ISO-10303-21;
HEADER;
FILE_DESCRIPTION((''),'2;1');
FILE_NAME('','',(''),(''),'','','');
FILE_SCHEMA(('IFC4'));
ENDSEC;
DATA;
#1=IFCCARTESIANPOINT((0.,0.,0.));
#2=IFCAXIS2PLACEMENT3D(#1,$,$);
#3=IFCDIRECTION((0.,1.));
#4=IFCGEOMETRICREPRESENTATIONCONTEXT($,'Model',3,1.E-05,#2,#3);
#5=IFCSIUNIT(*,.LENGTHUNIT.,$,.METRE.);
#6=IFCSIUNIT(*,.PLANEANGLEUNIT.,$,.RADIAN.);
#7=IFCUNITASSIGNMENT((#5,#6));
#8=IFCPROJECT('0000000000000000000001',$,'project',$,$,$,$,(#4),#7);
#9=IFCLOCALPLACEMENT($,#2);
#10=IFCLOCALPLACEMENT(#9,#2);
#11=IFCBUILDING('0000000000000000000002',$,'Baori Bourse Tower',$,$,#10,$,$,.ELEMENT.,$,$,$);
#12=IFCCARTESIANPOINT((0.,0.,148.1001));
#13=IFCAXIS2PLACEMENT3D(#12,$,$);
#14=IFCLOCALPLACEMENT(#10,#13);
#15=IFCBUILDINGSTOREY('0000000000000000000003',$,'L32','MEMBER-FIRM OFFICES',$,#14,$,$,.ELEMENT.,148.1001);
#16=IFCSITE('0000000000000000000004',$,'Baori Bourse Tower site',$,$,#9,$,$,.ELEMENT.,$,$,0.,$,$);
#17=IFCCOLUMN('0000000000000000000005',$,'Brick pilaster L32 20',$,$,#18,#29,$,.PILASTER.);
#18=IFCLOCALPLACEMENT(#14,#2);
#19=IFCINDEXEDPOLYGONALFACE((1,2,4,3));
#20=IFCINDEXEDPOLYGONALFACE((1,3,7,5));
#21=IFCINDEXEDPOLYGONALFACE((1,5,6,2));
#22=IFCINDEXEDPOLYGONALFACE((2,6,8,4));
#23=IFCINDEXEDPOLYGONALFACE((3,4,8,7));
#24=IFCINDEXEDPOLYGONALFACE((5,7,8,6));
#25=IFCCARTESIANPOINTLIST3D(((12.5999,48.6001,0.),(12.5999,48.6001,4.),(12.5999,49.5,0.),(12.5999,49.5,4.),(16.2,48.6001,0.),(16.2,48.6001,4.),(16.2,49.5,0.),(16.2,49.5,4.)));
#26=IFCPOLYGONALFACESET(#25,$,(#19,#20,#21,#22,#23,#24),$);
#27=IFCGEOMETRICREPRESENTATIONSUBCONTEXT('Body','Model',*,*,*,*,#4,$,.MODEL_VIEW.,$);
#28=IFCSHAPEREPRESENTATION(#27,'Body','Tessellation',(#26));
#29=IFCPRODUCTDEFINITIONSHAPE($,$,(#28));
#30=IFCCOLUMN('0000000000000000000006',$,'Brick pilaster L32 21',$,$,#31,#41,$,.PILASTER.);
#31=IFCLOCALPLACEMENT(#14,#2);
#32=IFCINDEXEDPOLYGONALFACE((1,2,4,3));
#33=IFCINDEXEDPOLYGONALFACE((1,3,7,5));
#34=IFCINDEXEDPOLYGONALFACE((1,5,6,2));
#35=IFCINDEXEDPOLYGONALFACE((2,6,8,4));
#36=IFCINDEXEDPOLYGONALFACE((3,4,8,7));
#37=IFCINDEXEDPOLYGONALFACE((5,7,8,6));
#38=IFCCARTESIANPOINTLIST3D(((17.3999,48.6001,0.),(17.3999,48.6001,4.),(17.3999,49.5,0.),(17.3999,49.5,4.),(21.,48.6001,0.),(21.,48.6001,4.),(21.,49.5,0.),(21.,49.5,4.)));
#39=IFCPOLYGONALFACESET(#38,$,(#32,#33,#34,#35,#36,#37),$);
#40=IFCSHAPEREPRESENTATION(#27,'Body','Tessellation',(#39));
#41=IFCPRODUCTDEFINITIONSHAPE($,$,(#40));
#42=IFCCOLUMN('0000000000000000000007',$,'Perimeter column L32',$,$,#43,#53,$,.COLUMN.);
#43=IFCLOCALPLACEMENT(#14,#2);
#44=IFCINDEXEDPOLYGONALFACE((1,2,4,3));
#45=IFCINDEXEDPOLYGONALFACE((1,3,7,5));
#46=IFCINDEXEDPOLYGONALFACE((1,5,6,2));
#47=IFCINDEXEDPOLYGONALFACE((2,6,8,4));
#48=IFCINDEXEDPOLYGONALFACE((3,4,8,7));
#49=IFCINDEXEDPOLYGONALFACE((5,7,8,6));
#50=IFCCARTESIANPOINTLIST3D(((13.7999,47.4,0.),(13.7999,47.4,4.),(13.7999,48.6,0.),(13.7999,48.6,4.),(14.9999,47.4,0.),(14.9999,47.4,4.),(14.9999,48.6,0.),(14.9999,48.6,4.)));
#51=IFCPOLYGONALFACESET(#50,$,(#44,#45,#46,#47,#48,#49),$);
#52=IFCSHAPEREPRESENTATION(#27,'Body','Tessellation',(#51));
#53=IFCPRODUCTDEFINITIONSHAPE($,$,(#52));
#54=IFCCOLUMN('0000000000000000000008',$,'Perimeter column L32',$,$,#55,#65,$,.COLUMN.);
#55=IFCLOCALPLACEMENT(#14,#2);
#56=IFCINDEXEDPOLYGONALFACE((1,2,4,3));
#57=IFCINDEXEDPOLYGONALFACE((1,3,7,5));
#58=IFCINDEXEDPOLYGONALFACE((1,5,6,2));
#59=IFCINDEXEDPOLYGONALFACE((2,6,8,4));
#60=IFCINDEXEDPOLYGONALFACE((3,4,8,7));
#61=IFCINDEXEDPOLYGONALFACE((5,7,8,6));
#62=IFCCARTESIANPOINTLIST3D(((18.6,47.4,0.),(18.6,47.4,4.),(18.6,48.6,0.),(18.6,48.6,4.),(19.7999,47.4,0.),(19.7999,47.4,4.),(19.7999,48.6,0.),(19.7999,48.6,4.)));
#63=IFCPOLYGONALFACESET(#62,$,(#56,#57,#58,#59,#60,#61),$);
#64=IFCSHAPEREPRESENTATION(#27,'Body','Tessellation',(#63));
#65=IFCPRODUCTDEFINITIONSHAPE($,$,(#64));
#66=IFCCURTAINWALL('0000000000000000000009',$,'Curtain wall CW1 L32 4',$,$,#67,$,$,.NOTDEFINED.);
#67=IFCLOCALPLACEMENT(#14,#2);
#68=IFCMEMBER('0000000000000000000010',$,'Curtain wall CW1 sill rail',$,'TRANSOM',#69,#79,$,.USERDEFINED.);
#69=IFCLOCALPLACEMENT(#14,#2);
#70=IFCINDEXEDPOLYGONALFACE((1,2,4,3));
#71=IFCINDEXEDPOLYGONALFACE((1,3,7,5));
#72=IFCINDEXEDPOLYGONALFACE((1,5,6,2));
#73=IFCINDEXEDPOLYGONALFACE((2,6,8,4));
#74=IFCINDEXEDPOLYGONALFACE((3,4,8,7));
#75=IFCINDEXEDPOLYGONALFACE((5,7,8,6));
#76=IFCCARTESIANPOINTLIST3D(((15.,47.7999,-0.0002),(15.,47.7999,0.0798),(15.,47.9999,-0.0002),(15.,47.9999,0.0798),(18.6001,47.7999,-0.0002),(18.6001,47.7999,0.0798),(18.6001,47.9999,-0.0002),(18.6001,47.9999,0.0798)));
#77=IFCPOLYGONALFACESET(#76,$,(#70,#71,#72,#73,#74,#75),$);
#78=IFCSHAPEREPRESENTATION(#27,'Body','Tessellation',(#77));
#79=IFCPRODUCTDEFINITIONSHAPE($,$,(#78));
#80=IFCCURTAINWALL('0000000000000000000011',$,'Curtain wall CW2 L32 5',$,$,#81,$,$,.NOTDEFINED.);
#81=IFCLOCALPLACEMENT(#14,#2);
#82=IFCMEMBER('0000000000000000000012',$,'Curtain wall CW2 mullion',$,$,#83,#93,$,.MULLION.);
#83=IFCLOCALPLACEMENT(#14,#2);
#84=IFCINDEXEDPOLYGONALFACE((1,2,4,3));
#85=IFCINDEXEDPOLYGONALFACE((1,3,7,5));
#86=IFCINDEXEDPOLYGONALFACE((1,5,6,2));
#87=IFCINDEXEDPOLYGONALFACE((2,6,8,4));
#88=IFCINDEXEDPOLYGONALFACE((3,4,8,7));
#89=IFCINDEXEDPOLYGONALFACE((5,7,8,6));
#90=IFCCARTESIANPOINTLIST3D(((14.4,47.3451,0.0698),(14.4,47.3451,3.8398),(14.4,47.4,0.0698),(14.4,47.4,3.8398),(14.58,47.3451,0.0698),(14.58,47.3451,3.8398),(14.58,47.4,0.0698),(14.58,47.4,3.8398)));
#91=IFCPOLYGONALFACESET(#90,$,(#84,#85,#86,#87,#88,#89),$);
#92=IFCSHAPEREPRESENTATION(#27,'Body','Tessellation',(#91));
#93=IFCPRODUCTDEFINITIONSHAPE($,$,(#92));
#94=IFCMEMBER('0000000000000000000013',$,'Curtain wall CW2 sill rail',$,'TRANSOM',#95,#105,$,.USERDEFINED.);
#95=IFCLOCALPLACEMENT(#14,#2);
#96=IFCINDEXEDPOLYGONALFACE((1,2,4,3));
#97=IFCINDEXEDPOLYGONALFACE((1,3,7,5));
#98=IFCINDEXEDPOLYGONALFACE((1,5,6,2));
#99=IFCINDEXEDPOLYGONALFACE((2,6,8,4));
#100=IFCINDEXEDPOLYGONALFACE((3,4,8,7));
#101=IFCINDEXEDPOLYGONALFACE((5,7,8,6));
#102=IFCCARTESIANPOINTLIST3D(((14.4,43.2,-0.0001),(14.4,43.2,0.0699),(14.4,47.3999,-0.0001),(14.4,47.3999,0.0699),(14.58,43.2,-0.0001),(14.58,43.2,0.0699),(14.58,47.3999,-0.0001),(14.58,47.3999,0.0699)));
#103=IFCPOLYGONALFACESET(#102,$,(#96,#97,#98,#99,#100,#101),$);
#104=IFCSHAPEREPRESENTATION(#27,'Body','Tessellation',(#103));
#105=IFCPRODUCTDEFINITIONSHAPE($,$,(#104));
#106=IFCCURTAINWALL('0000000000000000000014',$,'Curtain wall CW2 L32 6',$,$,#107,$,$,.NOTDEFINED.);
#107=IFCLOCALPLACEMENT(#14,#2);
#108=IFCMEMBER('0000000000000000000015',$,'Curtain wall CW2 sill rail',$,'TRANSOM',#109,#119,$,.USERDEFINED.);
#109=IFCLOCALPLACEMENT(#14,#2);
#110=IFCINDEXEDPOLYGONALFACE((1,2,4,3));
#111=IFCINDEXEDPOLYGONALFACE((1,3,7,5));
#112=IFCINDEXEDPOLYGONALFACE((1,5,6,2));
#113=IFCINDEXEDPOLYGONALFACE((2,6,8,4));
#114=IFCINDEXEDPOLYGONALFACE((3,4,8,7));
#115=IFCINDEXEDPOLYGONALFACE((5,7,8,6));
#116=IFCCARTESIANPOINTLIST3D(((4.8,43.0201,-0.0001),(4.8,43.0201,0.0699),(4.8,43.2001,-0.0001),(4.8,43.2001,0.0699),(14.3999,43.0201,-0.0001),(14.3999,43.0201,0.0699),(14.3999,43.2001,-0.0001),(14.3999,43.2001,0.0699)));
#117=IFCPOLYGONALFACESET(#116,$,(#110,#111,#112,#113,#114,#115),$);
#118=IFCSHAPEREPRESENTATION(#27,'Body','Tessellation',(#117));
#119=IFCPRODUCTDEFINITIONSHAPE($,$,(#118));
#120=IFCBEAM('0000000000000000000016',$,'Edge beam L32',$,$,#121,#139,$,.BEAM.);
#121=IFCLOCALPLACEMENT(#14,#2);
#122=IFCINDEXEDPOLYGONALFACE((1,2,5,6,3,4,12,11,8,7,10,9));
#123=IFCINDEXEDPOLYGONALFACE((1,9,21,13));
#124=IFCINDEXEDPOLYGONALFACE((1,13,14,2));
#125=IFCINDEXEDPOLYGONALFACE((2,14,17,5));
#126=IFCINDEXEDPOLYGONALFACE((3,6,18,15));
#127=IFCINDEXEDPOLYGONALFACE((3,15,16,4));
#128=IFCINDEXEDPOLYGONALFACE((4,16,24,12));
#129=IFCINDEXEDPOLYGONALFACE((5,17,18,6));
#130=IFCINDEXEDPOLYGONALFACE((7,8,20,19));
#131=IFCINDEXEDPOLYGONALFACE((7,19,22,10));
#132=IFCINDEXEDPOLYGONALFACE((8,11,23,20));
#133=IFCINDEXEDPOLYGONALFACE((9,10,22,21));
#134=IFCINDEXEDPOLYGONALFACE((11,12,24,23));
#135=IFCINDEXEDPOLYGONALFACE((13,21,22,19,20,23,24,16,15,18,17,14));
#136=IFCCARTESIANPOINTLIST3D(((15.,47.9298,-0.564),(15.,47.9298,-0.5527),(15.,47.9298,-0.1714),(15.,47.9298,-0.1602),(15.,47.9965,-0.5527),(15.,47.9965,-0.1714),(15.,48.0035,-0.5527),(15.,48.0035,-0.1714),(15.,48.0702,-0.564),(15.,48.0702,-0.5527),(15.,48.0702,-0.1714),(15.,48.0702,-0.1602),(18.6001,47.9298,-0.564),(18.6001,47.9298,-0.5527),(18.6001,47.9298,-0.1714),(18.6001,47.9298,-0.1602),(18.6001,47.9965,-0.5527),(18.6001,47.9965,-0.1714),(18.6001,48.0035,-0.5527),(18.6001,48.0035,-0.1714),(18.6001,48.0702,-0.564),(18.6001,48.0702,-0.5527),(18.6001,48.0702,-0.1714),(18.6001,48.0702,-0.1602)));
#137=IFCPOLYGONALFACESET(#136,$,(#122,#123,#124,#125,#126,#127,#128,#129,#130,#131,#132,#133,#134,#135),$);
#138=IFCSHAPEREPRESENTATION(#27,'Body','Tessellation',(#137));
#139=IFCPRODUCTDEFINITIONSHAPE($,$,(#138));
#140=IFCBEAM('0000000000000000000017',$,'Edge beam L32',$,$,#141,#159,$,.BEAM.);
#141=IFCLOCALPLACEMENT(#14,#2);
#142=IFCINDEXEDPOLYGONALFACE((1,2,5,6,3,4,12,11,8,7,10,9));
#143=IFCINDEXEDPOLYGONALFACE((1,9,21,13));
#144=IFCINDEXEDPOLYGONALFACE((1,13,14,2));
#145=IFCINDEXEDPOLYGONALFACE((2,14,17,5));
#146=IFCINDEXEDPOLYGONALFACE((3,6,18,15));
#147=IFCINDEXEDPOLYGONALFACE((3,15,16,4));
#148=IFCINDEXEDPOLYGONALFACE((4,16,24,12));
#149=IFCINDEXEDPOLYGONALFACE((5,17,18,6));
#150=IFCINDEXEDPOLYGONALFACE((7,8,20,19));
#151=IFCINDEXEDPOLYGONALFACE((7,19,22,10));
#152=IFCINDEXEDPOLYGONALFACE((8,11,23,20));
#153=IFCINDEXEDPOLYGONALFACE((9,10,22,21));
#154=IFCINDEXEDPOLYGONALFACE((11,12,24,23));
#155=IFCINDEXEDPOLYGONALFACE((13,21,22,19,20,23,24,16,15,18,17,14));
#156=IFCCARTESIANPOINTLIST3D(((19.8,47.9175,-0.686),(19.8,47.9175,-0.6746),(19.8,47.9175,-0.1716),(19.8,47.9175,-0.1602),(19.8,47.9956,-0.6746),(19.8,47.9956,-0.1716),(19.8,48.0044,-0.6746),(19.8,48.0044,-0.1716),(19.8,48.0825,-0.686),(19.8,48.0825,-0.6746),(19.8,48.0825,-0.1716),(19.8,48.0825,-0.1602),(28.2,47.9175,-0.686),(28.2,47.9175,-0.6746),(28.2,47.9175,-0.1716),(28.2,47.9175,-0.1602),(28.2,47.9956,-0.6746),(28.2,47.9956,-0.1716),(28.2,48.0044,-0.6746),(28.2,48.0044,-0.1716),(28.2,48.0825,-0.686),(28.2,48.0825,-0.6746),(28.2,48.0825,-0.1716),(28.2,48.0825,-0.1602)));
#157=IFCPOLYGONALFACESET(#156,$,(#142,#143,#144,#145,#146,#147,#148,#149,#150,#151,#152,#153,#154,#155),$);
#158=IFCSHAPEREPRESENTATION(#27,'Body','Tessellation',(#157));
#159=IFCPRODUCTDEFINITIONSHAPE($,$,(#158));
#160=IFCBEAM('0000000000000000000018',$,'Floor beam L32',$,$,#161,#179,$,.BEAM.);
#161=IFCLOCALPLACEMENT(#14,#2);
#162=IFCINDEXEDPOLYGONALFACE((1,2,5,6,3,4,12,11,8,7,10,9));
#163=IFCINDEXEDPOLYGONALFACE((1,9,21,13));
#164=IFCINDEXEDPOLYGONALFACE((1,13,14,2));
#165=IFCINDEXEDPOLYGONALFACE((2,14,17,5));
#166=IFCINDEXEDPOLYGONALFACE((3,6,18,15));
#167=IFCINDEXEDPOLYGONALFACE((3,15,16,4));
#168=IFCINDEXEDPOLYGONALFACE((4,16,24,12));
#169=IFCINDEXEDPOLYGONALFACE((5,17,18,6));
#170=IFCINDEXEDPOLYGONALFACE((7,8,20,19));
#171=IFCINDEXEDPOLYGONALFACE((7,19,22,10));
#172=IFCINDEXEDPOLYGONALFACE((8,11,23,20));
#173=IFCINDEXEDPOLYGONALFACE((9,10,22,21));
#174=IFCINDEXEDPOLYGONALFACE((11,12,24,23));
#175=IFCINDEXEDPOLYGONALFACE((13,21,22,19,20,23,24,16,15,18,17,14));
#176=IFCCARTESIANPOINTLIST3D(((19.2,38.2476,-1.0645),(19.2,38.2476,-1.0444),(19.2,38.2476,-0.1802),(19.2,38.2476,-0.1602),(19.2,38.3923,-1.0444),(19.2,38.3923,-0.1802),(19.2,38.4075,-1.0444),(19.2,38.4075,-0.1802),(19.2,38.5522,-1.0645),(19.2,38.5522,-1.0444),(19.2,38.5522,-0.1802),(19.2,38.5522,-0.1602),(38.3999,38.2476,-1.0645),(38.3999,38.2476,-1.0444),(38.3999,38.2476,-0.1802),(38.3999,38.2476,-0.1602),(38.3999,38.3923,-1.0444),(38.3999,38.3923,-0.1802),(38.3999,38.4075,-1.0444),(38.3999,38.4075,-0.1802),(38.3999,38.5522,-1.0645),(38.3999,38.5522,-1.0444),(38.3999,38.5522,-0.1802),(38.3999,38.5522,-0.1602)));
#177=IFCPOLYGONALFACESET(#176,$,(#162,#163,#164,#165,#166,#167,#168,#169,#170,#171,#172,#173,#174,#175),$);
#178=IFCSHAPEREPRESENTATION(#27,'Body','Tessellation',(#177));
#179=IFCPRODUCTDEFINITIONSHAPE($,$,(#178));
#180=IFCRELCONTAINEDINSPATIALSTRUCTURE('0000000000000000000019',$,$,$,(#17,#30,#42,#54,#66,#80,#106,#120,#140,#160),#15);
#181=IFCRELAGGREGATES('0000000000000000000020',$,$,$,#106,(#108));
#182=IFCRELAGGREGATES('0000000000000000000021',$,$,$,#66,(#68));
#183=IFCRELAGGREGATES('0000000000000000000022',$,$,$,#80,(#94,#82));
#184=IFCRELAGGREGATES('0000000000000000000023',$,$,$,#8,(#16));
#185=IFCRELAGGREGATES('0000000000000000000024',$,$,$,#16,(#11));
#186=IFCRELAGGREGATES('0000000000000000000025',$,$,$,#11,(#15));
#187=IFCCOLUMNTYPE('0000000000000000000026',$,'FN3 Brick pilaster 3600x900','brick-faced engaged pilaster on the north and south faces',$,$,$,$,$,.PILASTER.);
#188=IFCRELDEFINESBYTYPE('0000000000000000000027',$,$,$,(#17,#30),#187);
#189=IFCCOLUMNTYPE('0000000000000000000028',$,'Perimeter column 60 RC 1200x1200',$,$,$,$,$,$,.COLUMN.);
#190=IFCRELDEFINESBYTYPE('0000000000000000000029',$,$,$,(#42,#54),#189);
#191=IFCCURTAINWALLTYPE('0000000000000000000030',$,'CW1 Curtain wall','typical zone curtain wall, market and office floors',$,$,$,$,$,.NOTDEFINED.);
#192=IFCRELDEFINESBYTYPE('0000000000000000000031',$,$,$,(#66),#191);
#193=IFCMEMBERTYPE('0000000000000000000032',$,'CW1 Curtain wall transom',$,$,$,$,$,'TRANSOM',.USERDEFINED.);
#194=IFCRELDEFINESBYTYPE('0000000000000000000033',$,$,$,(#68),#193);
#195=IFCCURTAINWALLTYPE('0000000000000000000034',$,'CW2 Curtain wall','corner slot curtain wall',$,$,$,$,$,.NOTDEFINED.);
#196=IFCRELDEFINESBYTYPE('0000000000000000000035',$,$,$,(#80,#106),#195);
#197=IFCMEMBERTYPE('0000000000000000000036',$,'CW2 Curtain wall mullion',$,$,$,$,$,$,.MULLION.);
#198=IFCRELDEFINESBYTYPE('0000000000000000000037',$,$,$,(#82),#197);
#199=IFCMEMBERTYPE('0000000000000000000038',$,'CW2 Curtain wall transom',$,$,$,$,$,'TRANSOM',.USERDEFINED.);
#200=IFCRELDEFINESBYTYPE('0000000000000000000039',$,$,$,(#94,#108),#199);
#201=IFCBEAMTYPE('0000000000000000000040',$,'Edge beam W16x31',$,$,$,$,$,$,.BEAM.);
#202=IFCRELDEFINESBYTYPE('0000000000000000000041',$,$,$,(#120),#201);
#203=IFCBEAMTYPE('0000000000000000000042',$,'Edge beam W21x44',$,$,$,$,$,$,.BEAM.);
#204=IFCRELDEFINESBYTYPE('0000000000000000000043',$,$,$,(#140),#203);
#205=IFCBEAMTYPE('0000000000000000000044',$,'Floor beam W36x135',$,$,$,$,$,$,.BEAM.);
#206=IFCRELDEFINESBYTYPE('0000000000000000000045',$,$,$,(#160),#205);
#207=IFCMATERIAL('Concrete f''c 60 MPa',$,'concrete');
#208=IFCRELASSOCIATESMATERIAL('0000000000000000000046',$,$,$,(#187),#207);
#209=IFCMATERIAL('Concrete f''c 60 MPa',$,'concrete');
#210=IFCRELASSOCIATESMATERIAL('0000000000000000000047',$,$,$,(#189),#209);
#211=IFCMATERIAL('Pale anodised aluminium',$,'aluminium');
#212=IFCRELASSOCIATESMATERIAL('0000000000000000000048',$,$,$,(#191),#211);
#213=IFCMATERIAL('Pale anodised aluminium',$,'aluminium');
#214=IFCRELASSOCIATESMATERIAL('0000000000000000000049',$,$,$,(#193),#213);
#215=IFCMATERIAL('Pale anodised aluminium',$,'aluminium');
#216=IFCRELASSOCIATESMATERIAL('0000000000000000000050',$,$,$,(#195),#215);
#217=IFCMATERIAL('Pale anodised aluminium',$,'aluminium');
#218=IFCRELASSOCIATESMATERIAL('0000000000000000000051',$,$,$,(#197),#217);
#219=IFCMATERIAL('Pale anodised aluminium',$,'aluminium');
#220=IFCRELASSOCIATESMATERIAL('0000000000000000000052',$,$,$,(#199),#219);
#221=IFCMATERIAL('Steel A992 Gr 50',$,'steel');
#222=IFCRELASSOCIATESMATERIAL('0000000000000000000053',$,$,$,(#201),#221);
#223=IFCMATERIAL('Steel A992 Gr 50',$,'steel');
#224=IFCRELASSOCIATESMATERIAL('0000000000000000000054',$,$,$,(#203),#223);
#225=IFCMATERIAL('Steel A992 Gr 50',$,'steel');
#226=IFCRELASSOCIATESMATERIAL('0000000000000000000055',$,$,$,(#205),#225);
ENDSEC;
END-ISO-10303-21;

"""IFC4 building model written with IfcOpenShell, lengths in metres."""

from ifc_helpers import new_model, si_unit, direction, frame, origin, origin_2d, place, context, subcontext, project, spatial, rectangle, i_section, extrude, material, material_profile, profile_set, type_object, element, aggregate, save


model = new_model("IFC4")

# Units and contexts
model_context = context("Model", 3, precision=1e-05, world=origin(), true_north=direction((0.0, 1.0)))
body_context = subcontext(model_context, "Body", "Model", "MODEL_VIEW")
ifc_project = project(units=[si_unit("LENGTHUNIT", "METRE"), si_unit("PLANEANGLEUNIT", "RADIAN")], contexts=[model_context])

# Site, building, storey
site_placement = place(None, origin())
site = spatial("IfcSite", under=ifc_project, at=site_placement, Name="Baori Bourse Tower site", CompositionType="ELEMENT", RefElevation=0.0)
building_placement = place(site_placement, origin())
building = spatial("IfcBuilding", under=site, at=building_placement, Name="Baori Bourse Tower", CompositionType="ELEMENT")
storey_placement = place(building_placement, frame((0.0, 0.0, 148.1001)))
storey = spatial("IfcBuildingStorey", under=building, at=storey_placement, Name="L32", Description="MEMBER-FIRM OFFICES", CompositionType="ELEMENT", Elevation=148.1001)

# Columns
ifc_material_1 = material(Name="Concrete f'c 60 MPa", Category="concrete")
ifc_material_profile_1 = material_profile(ifc_material_1, rectangle(XDim=3.6001, YDim=0.8999, at=origin_2d()), Name="RC 3600x900")
ifc_profile_set_1 = profile_set([ifc_material_profile_1], Name="Concrete f'c 60 MPa")
column_type_1 = type_object("IfcColumnType", Name="FN3 Brick pilaster 3600x900", Description="brick-faced engaged pilaster on the north and south faces", PredefinedType="PILASTER", material=ifc_profile_set_1)
for number, where, z_axis, x_axis, name in (
    (1, (14.3999, 49.05, 0.0), (0.0, 0.0, 1.0), (1.0, 0.0, 0.0), "Brick pilaster L32 20"),
    (2, (19.2, 49.05, 0.0), (0.0, 0.0, 1.0), (1.0, 0.0, 0.0), "Brick pilaster L32 21"),
):
    element("IfcColumn", number, at=place(storey_placement, frame(where, z_axis=z_axis, x_axis=x_axis)), inside=storey, type_object=column_type_1, Name=name, PredefinedType="PILASTER", context=body_context, shape_type="SweptSolid", body=[
        extrude(rectangle(XDim=3.6001, YDim=0.8999, at=origin_2d()), origin(), (0.0, 0.0, 1.0), 4.0),
    ])
ifc_material_2 = material(Name="Concrete f'c 60 MPa", Category="concrete")
ifc_material_profile_2 = material_profile(ifc_material_2, rectangle(XDim=1.2, YDim=1.2, at=origin_2d()), Name="RC 1200x1200")
ifc_profile_set_2 = profile_set([ifc_material_profile_2], Name="Concrete f'c 60 MPa")
column_type_2 = type_object("IfcColumnType", Name="Perimeter column 60 RC 1200x1200", PredefinedType="COLUMN", material=ifc_profile_set_2)
for number, where, z_axis, x_axis, name in (
    (3, (14.3999, 48.0, 0.0), (0.0, 0.0, 1.0), (1.0, 0.0, 0.0), "Perimeter column L32"),
    (4, (19.2, 48.0, 0.0), (0.0, 0.0, 1.0), (1.0, 0.0, 0.0), "Perimeter column L32"),
):
    element("IfcColumn", number, at=place(storey_placement, frame(where, z_axis=z_axis, x_axis=x_axis)), inside=storey, type_object=column_type_2, Name=name, PredefinedType="COLUMN", context=body_context, shape_type="SweptSolid", body=[
        extrude(rectangle(XDim=1.2, YDim=1.2, at=origin_2d()), origin(), (0.0, 0.0, 1.0), 4.0),
    ])

# Curtain wall, member
ifc_material_3 = material(Name="Pale anodised aluminium", Category="aluminium")
curtain_wall_type_1 = type_object("IfcCurtainWallType", Name="CW1 Curtain wall", Description="typical zone curtain wall, market and office floors", PredefinedType="NOTDEFINED", material=ifc_material_3)
curtain_wall_1_placement = place(storey_placement, origin())
curtain_wall_1 = element("IfcCurtainWall", 5, at=curtain_wall_1_placement, inside=storey, type_object=curtain_wall_type_1, Name="Curtain wall CW1 L32 4", PredefinedType="NOTDEFINED")
ifc_material_4 = material(Name="Pale anodised aluminium", Category="aluminium")
ifc_material_profile_3 = material_profile(ifc_material_4, rectangle(XDim=0.2, YDim=0.0801, at=origin_2d()), Name="Transom 80x200")
ifc_profile_set_3 = profile_set([ifc_material_profile_3], Name="Pale anodised aluminium")
member_type_1 = type_object("IfcMemberType", Name="CW1 Curtain wall transom", ElementType="TRANSOM", PredefinedType="USERDEFINED", material=ifc_profile_set_3)
member_1_placement = place(storey_placement, frame((18.6001, 47.8999, 0.0398), z_axis=(-1.0, 0.0, 0.0), x_axis=(0.0, -1.0, 0.0)))
member_1 = element("IfcMember", 6, at=member_1_placement, type_object=member_type_1, Name="Curtain wall CW1 sill rail", ObjectType="TRANSOM", PredefinedType="USERDEFINED", context=body_context, shape_type="SweptSolid", body=[
    extrude(rectangle(XDim=0.2, YDim=0.0801, at=origin_2d()), origin(), (0.0, 0.0, 1.0), 3.6001),
])

# Curtain wall, members
ifc_material_5 = material(Name="Pale anodised aluminium", Category="aluminium")
curtain_wall_type_2 = type_object("IfcCurtainWallType", Name="CW2 Curtain wall", Description="corner slot curtain wall", PredefinedType="NOTDEFINED", material=ifc_material_5)
curtain_wall_2_placement = place(storey_placement, origin())
curtain_wall_2 = element("IfcCurtainWall", 7, at=curtain_wall_2_placement, inside=storey, type_object=curtain_wall_type_2, Name="Curtain wall CW2 L32 5", PredefinedType="NOTDEFINED")
ifc_material_6 = material(Name="Pale anodised aluminium", Category="aluminium")
ifc_material_profile_4 = material_profile(ifc_material_6, rectangle(XDim=0.1799, YDim=0.0549, at=origin_2d()), Name="Mullion 55x180")
ifc_profile_set_4 = profile_set([ifc_material_profile_4], Name="Pale anodised aluminium")
member_type_2 = type_object("IfcMemberType", Name="CW2 Curtain wall mullion", PredefinedType="MULLION", material=ifc_profile_set_4)
member_2_placement = place(storey_placement, frame((14.49, 47.3726, 0.0698), z_axis=(0.0, 0.0, 1.0), x_axis=(1.0, 0.0, 0.0)))
member_2 = element("IfcMember", 8, at=member_2_placement, type_object=member_type_2, Name="Curtain wall CW2 mullion", PredefinedType="MULLION", context=body_context, shape_type="SweptSolid", body=[
    extrude(rectangle(XDim=0.1799, YDim=0.0549, at=origin_2d()), origin(), (0.0, 0.0, 1.0), 3.77),
])
ifc_material_7 = material(Name="Pale anodised aluminium", Category="aluminium")
ifc_material_profile_5 = material_profile(ifc_material_7, rectangle(XDim=0.1799, YDim=0.0701, at=origin_2d()), Name="Transom 70x180")
ifc_profile_set_5 = profile_set([ifc_material_profile_5], Name="Pale anodised aluminium")
member_type_3 = type_object("IfcMemberType", Name="CW2 Curtain wall transom", ElementType="TRANSOM", PredefinedType="USERDEFINED", material=ifc_profile_set_5)
member_3_placement = place(storey_placement, frame((14.49, 47.3999, 0.0349), z_axis=(0.0, -1.0, 0.0), x_axis=(1.0, 0.0, 0.0)))
member_3 = element("IfcMember", 9, at=member_3_placement, type_object=member_type_3, Name="Curtain wall CW2 sill rail", ObjectType="TRANSOM", PredefinedType="USERDEFINED", context=body_context, shape_type="SweptSolid", body=[
    extrude(rectangle(XDim=0.1799, YDim=0.0701, at=origin_2d()), origin(), (0.0, 0.0, 1.0), 4.2),
])

# Curtain wall, member
curtain_wall_3_placement = place(storey_placement, origin())
curtain_wall_3 = element("IfcCurtainWall", 10, at=curtain_wall_3_placement, inside=storey, type_object=curtain_wall_type_2, Name="Curtain wall CW2 L32 6", PredefinedType="NOTDEFINED")
member_4_placement = place(storey_placement, frame((14.3999, 43.1101, 0.0349), z_axis=(-1.0, 0.0, 0.0), x_axis=(0.0, -1.0, 0.0)))
member_4 = element("IfcMember", 11, at=member_4_placement, type_object=member_type_3, Name="Curtain wall CW2 sill rail", ObjectType="TRANSOM", PredefinedType="USERDEFINED", context=body_context, shape_type="SweptSolid", body=[
    extrude(rectangle(XDim=0.1799, YDim=0.0701, at=origin_2d()), origin(), (0.0, 0.0, 1.0), 9.5999),
])
aggregate(curtain_wall_3, [member_4])

# Beams
ifc_material_8 = material(Name="Steel A992 Gr 50", Category="steel")
ifc_material_profile_6 = material_profile(ifc_material_8, i_section(OverallWidth=0.1404, OverallDepth=0.4038, WebThickness=0.0071, FlangeThickness=0.0112, at=origin_2d()), Name="W16x31")
ifc_profile_set_6 = profile_set([ifc_material_profile_6], Name="Steel A992 Gr 50")
beam_type_1 = type_object("IfcBeamType", Name="Edge beam W16x31", PredefinedType="BEAM", material=ifc_profile_set_6)
beam_1_placement = place(storey_placement, frame((15.0, 48.0, -0.3621), z_axis=(1.0, 0.0, 0.0), x_axis=(0.0, 1.0, 0.0)))
element("IfcBeam", 12, at=beam_1_placement, inside=storey, type_object=beam_type_1, Name="Edge beam L32", PredefinedType="BEAM", context=body_context, shape_type="SweptSolid", body=[
    extrude(i_section(OverallWidth=0.1404, OverallDepth=0.4038, WebThickness=0.0071, FlangeThickness=0.0112, at=origin_2d()), origin(), (0.0, 0.0, 1.0), 3.6001),
])
ifc_material_9 = material(Name="Steel A992 Gr 50", Category="steel")
ifc_material_profile_7 = material_profile(ifc_material_9, i_section(OverallWidth=0.165, OverallDepth=0.5259, WebThickness=0.0088, FlangeThickness=0.0115, at=origin_2d()), Name="W21x44")
ifc_profile_set_7 = profile_set([ifc_material_profile_7], Name="Steel A992 Gr 50")
beam_type_2 = type_object("IfcBeamType", Name="Edge beam W21x44", PredefinedType="BEAM", material=ifc_profile_set_7)
beam_2_placement = place(storey_placement, frame((19.8, 48.0, -0.4231), z_axis=(1.0, 0.0, 0.0), x_axis=(0.0, 1.0, 0.0)))
element("IfcBeam", 13, at=beam_2_placement, inside=storey, type_object=beam_type_2, Name="Edge beam L32", PredefinedType="BEAM", context=body_context, shape_type="SweptSolid", body=[
    extrude(i_section(OverallWidth=0.165, OverallDepth=0.5259, WebThickness=0.0088, FlangeThickness=0.0115, at=origin_2d()), origin(), (0.0, 0.0, 1.0), 8.3999),
])
ifc_material_10 = material(Name="Steel A992 Gr 50", Category="steel")
ifc_material_profile_8 = material_profile(ifc_material_10, i_section(OverallWidth=0.3047, OverallDepth=0.9043, WebThickness=0.0151, FlangeThickness=0.02, at=origin_2d()), Name="W36x135")
ifc_profile_set_8 = profile_set([ifc_material_profile_8], Name="Steel A992 Gr 50")
beam_type_3 = type_object("IfcBeamType", Name="Floor beam W36x135", PredefinedType="BEAM", material=ifc_profile_set_8)
beam_3_placement = place(storey_placement, frame((19.2, 38.3999, -0.6123), z_axis=(1.0, 0.0, 0.0), x_axis=(0.0, 1.0, 0.0)))
element("IfcBeam", 14, at=beam_3_placement, inside=storey, type_object=beam_type_3, Name="Floor beam L32", PredefinedType="BEAM", context=body_context, shape_type="SweptSolid", body=[
    extrude(i_section(OverallWidth=0.3047, OverallDepth=0.9043, WebThickness=0.0151, FlangeThickness=0.02, at=origin_2d()), origin(), (0.0, 0.0, 1.0), 19.2),
])

aggregate(curtain_wall_1, [member_1])
aggregate(curtain_wall_2, [member_3, member_2])

save(model, "model.ifc")
